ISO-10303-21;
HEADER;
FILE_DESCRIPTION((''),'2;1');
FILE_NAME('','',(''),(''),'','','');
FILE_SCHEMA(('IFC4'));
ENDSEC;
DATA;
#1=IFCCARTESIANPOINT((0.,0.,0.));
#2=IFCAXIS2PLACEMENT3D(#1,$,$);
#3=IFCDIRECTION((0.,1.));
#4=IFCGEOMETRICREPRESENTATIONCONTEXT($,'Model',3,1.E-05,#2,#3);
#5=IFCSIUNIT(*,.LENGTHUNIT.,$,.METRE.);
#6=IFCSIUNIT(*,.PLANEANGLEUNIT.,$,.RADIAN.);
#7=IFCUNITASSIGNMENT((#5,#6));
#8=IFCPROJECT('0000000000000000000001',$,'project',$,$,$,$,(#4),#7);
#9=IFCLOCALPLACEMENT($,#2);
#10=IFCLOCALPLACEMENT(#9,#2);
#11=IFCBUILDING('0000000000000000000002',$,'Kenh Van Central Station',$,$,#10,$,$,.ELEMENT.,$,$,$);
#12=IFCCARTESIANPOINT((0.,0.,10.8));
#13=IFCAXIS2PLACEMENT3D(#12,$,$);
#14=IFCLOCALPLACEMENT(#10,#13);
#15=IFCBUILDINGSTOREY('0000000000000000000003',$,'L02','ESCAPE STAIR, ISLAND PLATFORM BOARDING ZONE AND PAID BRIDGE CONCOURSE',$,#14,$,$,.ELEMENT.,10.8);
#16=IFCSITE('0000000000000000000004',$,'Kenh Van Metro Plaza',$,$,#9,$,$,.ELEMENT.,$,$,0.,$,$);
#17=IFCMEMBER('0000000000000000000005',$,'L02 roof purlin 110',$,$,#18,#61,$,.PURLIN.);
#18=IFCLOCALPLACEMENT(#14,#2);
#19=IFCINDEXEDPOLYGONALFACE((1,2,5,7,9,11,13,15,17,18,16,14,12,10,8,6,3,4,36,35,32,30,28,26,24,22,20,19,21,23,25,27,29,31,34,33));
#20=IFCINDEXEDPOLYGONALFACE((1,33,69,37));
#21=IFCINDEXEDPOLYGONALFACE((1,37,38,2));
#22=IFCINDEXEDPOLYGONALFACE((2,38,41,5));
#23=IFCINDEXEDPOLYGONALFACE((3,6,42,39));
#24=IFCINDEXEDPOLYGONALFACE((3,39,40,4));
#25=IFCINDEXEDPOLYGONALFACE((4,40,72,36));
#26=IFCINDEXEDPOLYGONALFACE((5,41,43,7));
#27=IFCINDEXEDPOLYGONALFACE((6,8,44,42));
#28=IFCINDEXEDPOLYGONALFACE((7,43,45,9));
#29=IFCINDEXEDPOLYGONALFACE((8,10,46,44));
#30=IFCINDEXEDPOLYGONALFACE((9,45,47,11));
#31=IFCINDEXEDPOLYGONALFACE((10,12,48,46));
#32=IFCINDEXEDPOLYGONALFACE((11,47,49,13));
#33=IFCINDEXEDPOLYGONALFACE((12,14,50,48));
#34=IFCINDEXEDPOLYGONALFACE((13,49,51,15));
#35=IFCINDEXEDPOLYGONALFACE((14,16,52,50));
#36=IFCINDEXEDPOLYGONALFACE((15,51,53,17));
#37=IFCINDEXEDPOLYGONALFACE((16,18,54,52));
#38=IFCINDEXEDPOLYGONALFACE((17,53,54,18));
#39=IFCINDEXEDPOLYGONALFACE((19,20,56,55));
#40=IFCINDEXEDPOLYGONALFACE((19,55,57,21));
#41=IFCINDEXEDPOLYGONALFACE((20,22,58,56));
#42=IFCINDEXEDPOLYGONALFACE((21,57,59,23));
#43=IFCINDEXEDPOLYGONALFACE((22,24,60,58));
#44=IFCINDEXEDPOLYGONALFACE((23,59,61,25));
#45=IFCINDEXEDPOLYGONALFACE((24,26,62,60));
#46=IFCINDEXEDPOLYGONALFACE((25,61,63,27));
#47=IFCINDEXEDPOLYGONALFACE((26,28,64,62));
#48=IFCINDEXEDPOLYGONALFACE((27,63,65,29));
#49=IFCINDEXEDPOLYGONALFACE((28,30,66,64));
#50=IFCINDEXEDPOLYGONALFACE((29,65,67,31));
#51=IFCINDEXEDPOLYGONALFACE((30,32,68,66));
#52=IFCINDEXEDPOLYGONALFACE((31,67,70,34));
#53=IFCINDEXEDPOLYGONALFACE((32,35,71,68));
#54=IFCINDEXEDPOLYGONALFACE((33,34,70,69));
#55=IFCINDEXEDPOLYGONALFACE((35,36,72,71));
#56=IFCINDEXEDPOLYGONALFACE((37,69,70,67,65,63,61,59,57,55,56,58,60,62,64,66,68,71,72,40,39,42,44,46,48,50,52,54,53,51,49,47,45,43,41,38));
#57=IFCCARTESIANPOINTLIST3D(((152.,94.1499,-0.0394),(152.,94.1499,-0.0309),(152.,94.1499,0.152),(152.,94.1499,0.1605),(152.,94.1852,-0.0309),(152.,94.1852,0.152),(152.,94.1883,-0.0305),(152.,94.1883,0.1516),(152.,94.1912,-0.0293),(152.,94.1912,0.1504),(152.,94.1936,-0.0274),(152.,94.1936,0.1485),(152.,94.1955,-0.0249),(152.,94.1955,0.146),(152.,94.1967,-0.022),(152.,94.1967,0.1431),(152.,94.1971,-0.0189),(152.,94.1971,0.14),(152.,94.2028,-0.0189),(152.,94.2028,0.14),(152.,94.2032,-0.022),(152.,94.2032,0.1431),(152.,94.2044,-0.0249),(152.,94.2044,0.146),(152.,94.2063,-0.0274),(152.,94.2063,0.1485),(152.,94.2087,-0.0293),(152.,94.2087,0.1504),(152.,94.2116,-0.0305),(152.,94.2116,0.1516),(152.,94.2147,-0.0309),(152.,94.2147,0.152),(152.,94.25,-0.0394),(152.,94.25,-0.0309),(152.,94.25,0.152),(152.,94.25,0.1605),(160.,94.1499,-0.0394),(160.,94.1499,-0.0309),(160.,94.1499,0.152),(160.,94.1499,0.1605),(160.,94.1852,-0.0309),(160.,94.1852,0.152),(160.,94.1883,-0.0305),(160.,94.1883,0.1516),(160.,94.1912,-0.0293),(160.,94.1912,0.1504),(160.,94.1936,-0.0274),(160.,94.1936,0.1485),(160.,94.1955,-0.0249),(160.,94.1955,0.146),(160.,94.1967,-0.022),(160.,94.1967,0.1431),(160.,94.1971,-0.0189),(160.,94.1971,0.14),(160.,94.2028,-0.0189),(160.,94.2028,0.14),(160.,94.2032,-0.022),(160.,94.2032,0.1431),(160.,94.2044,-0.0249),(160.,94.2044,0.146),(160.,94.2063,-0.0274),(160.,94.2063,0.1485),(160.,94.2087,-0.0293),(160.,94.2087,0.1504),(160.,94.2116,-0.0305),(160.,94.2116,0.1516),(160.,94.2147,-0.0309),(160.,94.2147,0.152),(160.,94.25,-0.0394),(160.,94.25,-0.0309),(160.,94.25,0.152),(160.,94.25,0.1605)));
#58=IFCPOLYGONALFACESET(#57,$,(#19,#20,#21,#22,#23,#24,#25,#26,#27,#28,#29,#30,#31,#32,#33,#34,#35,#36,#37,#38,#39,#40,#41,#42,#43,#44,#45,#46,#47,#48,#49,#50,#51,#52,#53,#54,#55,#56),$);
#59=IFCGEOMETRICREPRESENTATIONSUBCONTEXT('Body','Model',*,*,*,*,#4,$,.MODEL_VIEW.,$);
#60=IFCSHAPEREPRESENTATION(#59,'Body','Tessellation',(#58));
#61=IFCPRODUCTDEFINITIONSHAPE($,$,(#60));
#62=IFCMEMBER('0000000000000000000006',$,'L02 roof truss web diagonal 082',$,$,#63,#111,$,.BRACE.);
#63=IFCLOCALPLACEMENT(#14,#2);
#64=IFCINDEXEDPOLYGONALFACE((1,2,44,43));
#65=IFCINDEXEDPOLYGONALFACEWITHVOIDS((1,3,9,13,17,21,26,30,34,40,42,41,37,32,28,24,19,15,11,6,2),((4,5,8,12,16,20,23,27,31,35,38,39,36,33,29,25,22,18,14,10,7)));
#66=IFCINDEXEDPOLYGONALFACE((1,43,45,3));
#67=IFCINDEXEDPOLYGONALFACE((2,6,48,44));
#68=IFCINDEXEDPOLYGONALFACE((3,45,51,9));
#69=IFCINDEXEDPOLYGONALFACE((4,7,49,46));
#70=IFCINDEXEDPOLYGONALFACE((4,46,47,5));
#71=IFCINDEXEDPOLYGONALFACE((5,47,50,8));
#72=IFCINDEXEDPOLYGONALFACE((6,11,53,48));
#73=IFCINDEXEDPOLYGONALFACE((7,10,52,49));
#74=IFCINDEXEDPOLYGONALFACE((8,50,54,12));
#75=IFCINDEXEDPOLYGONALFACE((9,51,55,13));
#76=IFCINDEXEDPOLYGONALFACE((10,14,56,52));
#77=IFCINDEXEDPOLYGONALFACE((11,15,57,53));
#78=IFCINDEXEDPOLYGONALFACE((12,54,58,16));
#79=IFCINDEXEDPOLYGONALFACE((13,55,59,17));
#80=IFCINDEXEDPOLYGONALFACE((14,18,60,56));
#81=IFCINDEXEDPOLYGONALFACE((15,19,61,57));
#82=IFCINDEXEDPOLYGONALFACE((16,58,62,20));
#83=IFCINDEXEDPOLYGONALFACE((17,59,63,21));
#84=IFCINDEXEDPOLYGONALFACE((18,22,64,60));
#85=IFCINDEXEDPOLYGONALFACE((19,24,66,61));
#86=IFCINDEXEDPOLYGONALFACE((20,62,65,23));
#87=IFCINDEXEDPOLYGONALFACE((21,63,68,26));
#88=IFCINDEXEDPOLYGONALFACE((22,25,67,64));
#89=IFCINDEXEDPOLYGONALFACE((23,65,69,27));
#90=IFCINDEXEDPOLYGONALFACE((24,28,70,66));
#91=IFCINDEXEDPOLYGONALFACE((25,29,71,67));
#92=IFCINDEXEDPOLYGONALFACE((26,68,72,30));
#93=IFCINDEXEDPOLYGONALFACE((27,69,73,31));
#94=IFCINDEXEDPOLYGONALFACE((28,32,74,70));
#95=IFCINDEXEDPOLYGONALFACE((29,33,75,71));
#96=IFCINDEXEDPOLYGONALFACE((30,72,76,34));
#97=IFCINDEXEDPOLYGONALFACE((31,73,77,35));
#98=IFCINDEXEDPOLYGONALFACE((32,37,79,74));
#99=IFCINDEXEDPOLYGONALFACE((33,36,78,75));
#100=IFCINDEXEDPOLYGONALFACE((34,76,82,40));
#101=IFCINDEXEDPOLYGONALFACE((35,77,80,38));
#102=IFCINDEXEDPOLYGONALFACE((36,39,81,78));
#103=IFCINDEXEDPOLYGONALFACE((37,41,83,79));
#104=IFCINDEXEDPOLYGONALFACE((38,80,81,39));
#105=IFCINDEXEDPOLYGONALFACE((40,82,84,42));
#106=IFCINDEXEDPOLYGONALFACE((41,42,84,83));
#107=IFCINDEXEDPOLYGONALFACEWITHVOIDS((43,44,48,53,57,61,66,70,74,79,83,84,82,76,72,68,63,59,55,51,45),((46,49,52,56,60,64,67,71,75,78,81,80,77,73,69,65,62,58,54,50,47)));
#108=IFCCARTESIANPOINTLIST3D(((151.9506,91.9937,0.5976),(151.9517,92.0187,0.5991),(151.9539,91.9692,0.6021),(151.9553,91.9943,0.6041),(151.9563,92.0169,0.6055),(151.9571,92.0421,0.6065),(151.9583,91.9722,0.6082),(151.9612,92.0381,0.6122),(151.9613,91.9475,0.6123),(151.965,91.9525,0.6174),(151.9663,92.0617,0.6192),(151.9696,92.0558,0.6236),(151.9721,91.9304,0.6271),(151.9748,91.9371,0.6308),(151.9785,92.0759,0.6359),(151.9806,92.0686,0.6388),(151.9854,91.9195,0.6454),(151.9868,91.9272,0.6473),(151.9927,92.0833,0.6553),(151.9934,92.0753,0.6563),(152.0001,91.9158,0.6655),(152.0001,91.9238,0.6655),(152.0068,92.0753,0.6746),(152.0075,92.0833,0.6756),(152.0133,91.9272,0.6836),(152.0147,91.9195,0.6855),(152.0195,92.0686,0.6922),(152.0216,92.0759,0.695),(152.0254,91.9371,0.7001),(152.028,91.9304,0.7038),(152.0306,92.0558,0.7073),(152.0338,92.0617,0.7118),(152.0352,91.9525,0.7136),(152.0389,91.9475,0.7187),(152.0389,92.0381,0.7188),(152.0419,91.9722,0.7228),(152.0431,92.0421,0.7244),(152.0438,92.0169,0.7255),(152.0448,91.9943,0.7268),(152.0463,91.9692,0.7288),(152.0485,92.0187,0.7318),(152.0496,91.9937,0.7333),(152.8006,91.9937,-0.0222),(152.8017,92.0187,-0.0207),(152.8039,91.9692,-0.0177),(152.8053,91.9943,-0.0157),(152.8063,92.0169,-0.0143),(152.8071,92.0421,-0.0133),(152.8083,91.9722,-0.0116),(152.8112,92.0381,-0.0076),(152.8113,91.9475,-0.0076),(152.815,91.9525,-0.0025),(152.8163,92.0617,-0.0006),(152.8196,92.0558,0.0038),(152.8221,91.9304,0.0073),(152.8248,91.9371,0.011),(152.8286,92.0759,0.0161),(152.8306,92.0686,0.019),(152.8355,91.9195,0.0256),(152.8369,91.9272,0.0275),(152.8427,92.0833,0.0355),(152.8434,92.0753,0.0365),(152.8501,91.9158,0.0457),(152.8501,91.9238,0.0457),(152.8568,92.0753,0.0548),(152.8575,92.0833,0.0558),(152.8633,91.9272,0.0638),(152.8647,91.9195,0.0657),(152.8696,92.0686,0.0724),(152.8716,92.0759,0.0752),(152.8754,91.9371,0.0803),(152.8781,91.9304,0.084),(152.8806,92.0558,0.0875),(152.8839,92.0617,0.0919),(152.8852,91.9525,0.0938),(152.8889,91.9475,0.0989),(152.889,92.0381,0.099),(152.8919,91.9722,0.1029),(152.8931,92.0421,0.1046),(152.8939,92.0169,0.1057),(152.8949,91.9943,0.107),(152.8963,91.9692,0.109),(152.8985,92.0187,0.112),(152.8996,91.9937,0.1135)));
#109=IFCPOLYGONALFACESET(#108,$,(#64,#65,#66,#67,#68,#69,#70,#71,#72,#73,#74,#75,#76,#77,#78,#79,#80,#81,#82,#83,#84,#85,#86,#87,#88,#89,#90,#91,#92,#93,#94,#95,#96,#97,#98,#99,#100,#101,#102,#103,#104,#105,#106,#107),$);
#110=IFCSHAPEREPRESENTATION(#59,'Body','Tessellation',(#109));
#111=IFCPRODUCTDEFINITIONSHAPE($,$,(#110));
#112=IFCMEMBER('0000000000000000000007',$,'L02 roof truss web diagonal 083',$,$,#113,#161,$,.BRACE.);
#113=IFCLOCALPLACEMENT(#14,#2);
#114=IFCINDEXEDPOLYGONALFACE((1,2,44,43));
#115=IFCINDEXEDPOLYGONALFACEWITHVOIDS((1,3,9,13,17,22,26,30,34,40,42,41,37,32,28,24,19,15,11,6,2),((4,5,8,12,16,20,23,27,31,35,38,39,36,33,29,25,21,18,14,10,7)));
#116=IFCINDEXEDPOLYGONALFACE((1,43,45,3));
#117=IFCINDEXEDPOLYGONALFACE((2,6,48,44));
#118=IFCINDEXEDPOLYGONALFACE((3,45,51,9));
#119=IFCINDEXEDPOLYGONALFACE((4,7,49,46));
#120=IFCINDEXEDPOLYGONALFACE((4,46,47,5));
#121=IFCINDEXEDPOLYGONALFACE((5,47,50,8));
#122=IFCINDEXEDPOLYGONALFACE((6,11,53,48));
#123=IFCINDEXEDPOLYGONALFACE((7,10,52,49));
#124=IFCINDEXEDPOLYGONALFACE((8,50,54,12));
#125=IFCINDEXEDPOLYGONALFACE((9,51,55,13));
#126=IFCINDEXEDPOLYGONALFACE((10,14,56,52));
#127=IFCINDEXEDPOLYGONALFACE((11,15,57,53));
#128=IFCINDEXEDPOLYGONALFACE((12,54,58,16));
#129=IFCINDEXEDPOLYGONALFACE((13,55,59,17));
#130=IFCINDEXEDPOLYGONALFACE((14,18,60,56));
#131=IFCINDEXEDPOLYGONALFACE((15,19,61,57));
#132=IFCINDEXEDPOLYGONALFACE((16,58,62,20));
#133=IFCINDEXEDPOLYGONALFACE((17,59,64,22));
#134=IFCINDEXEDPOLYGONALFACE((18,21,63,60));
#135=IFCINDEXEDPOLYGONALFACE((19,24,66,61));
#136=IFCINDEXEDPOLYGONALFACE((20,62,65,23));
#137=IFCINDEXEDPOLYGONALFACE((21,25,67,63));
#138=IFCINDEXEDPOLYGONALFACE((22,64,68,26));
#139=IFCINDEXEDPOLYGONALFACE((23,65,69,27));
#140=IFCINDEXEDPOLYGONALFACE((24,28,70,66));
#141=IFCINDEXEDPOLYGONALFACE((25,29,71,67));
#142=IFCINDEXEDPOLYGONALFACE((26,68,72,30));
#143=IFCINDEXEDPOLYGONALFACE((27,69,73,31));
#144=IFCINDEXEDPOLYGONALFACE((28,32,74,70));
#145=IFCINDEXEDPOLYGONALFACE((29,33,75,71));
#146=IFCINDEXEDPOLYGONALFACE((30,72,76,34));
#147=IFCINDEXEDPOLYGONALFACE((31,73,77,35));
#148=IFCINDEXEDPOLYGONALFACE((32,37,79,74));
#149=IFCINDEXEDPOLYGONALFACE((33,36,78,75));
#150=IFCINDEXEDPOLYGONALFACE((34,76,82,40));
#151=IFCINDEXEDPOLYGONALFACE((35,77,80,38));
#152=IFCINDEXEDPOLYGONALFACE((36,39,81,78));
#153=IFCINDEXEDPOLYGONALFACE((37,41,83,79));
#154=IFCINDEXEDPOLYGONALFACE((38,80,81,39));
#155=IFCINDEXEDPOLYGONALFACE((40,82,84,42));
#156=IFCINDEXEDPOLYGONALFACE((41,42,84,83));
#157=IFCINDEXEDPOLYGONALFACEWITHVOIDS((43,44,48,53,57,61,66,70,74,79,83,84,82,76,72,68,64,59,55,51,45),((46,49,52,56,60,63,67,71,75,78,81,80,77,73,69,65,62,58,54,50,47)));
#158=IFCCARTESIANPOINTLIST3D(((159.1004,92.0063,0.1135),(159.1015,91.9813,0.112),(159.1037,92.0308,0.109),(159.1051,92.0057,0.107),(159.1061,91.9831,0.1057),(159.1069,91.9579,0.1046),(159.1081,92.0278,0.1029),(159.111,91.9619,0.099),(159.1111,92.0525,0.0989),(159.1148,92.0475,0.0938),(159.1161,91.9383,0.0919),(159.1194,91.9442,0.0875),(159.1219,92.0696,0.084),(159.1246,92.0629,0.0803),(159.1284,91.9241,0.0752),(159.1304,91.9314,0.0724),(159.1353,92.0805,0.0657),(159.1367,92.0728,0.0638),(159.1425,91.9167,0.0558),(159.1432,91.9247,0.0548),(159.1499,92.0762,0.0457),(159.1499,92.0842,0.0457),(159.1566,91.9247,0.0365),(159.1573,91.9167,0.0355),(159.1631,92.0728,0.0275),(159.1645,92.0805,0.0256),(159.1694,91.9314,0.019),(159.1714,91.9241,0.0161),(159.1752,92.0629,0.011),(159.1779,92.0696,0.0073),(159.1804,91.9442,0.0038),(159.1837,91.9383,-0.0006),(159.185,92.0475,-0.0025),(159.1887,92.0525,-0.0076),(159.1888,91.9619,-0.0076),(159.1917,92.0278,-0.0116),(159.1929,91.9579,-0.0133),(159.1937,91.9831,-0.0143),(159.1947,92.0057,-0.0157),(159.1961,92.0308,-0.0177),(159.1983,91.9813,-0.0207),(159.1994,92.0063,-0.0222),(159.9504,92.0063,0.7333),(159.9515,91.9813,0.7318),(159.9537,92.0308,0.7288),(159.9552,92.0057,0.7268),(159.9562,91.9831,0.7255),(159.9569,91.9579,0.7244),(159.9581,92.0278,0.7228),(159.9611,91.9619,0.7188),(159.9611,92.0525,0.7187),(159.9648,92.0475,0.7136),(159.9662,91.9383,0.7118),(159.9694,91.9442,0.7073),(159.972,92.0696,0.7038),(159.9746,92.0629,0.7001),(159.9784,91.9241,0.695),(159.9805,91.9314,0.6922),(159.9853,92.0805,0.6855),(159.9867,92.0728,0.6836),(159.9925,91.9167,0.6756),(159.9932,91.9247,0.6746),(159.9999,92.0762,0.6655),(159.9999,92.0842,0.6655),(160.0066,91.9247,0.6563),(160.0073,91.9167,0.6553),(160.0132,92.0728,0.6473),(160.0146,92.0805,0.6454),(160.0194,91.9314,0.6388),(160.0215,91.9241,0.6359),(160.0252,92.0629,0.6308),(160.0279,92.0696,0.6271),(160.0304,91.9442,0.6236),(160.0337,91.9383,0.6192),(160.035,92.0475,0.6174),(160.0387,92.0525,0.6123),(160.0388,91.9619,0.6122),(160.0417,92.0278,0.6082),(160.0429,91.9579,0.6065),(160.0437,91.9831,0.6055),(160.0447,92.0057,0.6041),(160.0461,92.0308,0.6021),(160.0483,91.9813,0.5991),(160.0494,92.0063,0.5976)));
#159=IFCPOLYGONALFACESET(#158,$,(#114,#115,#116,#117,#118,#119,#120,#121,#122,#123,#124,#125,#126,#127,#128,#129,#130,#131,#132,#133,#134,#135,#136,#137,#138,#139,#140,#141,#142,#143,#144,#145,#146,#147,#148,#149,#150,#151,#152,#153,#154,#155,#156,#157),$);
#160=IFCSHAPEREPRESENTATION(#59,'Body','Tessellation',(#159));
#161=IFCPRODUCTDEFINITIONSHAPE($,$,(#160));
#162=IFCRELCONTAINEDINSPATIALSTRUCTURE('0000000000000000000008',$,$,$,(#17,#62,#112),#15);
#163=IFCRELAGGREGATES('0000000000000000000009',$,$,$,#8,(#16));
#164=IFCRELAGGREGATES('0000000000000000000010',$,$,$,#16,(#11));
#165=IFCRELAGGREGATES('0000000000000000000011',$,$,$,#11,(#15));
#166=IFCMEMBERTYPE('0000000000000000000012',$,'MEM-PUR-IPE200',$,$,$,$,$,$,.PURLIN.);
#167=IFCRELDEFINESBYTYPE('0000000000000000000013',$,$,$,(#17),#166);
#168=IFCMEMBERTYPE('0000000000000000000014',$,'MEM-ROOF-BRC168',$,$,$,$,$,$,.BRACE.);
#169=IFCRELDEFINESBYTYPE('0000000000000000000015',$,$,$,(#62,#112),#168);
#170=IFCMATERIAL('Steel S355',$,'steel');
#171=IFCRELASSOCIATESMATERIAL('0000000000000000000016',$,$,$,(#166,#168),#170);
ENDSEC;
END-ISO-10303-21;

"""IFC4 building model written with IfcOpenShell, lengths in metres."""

from ifc_helpers import new_model, si_unit, direction, frame, origin, origin_2d, place, context, subcontext, project, spatial, hollow_circle, i_section, extrude, material, material_profile, profile_set, type_object, element, save


model = new_model("IFC4")

# Units and contexts
model_context = context("Model", 3, precision=1e-05, world=origin(), true_north=direction((0.0, 1.0)))
body_context = subcontext(model_context, "Body", "Model", "MODEL_VIEW")
ifc_project = project(units=[si_unit("LENGTHUNIT", "METRE"), si_unit("PLANEANGLEUNIT", "RADIAN")], contexts=[model_context])

# Site, building, storey
site_placement = place(None, origin())
site = spatial("IfcSite", under=ifc_project, at=site_placement, Name="Kenh Van Metro Plaza", CompositionType="ELEMENT", RefElevation=0.0)
building_placement = place(site_placement, origin())
building = spatial("IfcBuilding", under=site, at=building_placement, Name="Kenh Van Central Station", CompositionType="ELEMENT")
storey_placement = place(building_placement, frame((0.0, 0.0, 10.8)))
storey = spatial("IfcBuildingStorey", under=building, at=storey_placement, Name="L02", Description="ESCAPE STAIR, ISLAND PLATFORM BOARDING ZONE AND PAID BRIDGE CONCOURSE", CompositionType="ELEMENT", Elevation=10.8)

# Shared definitions
ifc_material_1 = material(Name="Steel S355", Category="steel")

# Members
ifc_material_profile_1 = material_profile(ifc_material_1, i_section(OverallWidth=0.1001, OverallDepth=0.2, WebThickness=0.0056, FlangeThickness=0.0085, FilletRadius=0.012, at=origin_2d()), Name="IPE 200")
ifc_profile_set_1 = profile_set([ifc_material_profile_1], Name="Steel S355")
member_type_1 = type_object("IfcMemberType", Name="MEM-PUR-IPE200", PredefinedType="PURLIN", material=ifc_profile_set_1)
member_1_placement = place(storey_placement, frame((152.0, 94.2, 0.0605), z_axis=(1.0, 0.0, 0.0), x_axis=(0.0, 1.0, 0.0)))
element("IfcMember", 1, at=member_1_placement, inside=storey, type_object=member_type_1, Name="L02 roof purlin 110", PredefinedType="PURLIN", context=body_context, shape_type="SweptSolid", body=[
    extrude(i_section(OverallWidth=0.1001, OverallDepth=0.2, WebThickness=0.0056, FlangeThickness=0.0085, FilletRadius=0.012, at=origin_2d()), origin(), (0.0, 0.0, 1.0), 8.0),
])
ifc_material_profile_2 = material_profile(ifc_material_1, hollow_circle(Radius=0.0842, WallThickness=0.0081, at=origin_2d()), Name="CHS 168.3x8")
ifc_profile_set_2 = profile_set([ifc_material_profile_2], Name="Steel S355")
member_type_2 = type_object("IfcMemberType", Name="MEM-ROOF-BRC168", PredefinedType="BRACE", material=ifc_profile_set_2)
for number, where, z_axis, x_axis, name in (
    (2, (152.8501, 92.0, 0.0457), (-0.808003, 0.0, 0.589178), (0.0, -1.0, 0.0), "L02 roof truss web diagonal 082"),
    (3, (159.1499, 92.0, 0.0457), (0.808003, 0.0, 0.589178), (0.0, 1.0, 0.0), "L02 roof truss web diagonal 083"),
):
    element("IfcMember", number, at=place(storey_placement, frame(where, z_axis=z_axis, x_axis=x_axis)), inside=storey, type_object=member_type_2, Name=name, PredefinedType="BRACE", context=body_context, shape_type="SweptSolid", body=[
        extrude(hollow_circle(Radius=0.0842, WallThickness=0.0081, at=origin_2d()), origin(), (0.0, 0.0, 1.0), 1.052),
    ])

save(model, "model.ifc")
